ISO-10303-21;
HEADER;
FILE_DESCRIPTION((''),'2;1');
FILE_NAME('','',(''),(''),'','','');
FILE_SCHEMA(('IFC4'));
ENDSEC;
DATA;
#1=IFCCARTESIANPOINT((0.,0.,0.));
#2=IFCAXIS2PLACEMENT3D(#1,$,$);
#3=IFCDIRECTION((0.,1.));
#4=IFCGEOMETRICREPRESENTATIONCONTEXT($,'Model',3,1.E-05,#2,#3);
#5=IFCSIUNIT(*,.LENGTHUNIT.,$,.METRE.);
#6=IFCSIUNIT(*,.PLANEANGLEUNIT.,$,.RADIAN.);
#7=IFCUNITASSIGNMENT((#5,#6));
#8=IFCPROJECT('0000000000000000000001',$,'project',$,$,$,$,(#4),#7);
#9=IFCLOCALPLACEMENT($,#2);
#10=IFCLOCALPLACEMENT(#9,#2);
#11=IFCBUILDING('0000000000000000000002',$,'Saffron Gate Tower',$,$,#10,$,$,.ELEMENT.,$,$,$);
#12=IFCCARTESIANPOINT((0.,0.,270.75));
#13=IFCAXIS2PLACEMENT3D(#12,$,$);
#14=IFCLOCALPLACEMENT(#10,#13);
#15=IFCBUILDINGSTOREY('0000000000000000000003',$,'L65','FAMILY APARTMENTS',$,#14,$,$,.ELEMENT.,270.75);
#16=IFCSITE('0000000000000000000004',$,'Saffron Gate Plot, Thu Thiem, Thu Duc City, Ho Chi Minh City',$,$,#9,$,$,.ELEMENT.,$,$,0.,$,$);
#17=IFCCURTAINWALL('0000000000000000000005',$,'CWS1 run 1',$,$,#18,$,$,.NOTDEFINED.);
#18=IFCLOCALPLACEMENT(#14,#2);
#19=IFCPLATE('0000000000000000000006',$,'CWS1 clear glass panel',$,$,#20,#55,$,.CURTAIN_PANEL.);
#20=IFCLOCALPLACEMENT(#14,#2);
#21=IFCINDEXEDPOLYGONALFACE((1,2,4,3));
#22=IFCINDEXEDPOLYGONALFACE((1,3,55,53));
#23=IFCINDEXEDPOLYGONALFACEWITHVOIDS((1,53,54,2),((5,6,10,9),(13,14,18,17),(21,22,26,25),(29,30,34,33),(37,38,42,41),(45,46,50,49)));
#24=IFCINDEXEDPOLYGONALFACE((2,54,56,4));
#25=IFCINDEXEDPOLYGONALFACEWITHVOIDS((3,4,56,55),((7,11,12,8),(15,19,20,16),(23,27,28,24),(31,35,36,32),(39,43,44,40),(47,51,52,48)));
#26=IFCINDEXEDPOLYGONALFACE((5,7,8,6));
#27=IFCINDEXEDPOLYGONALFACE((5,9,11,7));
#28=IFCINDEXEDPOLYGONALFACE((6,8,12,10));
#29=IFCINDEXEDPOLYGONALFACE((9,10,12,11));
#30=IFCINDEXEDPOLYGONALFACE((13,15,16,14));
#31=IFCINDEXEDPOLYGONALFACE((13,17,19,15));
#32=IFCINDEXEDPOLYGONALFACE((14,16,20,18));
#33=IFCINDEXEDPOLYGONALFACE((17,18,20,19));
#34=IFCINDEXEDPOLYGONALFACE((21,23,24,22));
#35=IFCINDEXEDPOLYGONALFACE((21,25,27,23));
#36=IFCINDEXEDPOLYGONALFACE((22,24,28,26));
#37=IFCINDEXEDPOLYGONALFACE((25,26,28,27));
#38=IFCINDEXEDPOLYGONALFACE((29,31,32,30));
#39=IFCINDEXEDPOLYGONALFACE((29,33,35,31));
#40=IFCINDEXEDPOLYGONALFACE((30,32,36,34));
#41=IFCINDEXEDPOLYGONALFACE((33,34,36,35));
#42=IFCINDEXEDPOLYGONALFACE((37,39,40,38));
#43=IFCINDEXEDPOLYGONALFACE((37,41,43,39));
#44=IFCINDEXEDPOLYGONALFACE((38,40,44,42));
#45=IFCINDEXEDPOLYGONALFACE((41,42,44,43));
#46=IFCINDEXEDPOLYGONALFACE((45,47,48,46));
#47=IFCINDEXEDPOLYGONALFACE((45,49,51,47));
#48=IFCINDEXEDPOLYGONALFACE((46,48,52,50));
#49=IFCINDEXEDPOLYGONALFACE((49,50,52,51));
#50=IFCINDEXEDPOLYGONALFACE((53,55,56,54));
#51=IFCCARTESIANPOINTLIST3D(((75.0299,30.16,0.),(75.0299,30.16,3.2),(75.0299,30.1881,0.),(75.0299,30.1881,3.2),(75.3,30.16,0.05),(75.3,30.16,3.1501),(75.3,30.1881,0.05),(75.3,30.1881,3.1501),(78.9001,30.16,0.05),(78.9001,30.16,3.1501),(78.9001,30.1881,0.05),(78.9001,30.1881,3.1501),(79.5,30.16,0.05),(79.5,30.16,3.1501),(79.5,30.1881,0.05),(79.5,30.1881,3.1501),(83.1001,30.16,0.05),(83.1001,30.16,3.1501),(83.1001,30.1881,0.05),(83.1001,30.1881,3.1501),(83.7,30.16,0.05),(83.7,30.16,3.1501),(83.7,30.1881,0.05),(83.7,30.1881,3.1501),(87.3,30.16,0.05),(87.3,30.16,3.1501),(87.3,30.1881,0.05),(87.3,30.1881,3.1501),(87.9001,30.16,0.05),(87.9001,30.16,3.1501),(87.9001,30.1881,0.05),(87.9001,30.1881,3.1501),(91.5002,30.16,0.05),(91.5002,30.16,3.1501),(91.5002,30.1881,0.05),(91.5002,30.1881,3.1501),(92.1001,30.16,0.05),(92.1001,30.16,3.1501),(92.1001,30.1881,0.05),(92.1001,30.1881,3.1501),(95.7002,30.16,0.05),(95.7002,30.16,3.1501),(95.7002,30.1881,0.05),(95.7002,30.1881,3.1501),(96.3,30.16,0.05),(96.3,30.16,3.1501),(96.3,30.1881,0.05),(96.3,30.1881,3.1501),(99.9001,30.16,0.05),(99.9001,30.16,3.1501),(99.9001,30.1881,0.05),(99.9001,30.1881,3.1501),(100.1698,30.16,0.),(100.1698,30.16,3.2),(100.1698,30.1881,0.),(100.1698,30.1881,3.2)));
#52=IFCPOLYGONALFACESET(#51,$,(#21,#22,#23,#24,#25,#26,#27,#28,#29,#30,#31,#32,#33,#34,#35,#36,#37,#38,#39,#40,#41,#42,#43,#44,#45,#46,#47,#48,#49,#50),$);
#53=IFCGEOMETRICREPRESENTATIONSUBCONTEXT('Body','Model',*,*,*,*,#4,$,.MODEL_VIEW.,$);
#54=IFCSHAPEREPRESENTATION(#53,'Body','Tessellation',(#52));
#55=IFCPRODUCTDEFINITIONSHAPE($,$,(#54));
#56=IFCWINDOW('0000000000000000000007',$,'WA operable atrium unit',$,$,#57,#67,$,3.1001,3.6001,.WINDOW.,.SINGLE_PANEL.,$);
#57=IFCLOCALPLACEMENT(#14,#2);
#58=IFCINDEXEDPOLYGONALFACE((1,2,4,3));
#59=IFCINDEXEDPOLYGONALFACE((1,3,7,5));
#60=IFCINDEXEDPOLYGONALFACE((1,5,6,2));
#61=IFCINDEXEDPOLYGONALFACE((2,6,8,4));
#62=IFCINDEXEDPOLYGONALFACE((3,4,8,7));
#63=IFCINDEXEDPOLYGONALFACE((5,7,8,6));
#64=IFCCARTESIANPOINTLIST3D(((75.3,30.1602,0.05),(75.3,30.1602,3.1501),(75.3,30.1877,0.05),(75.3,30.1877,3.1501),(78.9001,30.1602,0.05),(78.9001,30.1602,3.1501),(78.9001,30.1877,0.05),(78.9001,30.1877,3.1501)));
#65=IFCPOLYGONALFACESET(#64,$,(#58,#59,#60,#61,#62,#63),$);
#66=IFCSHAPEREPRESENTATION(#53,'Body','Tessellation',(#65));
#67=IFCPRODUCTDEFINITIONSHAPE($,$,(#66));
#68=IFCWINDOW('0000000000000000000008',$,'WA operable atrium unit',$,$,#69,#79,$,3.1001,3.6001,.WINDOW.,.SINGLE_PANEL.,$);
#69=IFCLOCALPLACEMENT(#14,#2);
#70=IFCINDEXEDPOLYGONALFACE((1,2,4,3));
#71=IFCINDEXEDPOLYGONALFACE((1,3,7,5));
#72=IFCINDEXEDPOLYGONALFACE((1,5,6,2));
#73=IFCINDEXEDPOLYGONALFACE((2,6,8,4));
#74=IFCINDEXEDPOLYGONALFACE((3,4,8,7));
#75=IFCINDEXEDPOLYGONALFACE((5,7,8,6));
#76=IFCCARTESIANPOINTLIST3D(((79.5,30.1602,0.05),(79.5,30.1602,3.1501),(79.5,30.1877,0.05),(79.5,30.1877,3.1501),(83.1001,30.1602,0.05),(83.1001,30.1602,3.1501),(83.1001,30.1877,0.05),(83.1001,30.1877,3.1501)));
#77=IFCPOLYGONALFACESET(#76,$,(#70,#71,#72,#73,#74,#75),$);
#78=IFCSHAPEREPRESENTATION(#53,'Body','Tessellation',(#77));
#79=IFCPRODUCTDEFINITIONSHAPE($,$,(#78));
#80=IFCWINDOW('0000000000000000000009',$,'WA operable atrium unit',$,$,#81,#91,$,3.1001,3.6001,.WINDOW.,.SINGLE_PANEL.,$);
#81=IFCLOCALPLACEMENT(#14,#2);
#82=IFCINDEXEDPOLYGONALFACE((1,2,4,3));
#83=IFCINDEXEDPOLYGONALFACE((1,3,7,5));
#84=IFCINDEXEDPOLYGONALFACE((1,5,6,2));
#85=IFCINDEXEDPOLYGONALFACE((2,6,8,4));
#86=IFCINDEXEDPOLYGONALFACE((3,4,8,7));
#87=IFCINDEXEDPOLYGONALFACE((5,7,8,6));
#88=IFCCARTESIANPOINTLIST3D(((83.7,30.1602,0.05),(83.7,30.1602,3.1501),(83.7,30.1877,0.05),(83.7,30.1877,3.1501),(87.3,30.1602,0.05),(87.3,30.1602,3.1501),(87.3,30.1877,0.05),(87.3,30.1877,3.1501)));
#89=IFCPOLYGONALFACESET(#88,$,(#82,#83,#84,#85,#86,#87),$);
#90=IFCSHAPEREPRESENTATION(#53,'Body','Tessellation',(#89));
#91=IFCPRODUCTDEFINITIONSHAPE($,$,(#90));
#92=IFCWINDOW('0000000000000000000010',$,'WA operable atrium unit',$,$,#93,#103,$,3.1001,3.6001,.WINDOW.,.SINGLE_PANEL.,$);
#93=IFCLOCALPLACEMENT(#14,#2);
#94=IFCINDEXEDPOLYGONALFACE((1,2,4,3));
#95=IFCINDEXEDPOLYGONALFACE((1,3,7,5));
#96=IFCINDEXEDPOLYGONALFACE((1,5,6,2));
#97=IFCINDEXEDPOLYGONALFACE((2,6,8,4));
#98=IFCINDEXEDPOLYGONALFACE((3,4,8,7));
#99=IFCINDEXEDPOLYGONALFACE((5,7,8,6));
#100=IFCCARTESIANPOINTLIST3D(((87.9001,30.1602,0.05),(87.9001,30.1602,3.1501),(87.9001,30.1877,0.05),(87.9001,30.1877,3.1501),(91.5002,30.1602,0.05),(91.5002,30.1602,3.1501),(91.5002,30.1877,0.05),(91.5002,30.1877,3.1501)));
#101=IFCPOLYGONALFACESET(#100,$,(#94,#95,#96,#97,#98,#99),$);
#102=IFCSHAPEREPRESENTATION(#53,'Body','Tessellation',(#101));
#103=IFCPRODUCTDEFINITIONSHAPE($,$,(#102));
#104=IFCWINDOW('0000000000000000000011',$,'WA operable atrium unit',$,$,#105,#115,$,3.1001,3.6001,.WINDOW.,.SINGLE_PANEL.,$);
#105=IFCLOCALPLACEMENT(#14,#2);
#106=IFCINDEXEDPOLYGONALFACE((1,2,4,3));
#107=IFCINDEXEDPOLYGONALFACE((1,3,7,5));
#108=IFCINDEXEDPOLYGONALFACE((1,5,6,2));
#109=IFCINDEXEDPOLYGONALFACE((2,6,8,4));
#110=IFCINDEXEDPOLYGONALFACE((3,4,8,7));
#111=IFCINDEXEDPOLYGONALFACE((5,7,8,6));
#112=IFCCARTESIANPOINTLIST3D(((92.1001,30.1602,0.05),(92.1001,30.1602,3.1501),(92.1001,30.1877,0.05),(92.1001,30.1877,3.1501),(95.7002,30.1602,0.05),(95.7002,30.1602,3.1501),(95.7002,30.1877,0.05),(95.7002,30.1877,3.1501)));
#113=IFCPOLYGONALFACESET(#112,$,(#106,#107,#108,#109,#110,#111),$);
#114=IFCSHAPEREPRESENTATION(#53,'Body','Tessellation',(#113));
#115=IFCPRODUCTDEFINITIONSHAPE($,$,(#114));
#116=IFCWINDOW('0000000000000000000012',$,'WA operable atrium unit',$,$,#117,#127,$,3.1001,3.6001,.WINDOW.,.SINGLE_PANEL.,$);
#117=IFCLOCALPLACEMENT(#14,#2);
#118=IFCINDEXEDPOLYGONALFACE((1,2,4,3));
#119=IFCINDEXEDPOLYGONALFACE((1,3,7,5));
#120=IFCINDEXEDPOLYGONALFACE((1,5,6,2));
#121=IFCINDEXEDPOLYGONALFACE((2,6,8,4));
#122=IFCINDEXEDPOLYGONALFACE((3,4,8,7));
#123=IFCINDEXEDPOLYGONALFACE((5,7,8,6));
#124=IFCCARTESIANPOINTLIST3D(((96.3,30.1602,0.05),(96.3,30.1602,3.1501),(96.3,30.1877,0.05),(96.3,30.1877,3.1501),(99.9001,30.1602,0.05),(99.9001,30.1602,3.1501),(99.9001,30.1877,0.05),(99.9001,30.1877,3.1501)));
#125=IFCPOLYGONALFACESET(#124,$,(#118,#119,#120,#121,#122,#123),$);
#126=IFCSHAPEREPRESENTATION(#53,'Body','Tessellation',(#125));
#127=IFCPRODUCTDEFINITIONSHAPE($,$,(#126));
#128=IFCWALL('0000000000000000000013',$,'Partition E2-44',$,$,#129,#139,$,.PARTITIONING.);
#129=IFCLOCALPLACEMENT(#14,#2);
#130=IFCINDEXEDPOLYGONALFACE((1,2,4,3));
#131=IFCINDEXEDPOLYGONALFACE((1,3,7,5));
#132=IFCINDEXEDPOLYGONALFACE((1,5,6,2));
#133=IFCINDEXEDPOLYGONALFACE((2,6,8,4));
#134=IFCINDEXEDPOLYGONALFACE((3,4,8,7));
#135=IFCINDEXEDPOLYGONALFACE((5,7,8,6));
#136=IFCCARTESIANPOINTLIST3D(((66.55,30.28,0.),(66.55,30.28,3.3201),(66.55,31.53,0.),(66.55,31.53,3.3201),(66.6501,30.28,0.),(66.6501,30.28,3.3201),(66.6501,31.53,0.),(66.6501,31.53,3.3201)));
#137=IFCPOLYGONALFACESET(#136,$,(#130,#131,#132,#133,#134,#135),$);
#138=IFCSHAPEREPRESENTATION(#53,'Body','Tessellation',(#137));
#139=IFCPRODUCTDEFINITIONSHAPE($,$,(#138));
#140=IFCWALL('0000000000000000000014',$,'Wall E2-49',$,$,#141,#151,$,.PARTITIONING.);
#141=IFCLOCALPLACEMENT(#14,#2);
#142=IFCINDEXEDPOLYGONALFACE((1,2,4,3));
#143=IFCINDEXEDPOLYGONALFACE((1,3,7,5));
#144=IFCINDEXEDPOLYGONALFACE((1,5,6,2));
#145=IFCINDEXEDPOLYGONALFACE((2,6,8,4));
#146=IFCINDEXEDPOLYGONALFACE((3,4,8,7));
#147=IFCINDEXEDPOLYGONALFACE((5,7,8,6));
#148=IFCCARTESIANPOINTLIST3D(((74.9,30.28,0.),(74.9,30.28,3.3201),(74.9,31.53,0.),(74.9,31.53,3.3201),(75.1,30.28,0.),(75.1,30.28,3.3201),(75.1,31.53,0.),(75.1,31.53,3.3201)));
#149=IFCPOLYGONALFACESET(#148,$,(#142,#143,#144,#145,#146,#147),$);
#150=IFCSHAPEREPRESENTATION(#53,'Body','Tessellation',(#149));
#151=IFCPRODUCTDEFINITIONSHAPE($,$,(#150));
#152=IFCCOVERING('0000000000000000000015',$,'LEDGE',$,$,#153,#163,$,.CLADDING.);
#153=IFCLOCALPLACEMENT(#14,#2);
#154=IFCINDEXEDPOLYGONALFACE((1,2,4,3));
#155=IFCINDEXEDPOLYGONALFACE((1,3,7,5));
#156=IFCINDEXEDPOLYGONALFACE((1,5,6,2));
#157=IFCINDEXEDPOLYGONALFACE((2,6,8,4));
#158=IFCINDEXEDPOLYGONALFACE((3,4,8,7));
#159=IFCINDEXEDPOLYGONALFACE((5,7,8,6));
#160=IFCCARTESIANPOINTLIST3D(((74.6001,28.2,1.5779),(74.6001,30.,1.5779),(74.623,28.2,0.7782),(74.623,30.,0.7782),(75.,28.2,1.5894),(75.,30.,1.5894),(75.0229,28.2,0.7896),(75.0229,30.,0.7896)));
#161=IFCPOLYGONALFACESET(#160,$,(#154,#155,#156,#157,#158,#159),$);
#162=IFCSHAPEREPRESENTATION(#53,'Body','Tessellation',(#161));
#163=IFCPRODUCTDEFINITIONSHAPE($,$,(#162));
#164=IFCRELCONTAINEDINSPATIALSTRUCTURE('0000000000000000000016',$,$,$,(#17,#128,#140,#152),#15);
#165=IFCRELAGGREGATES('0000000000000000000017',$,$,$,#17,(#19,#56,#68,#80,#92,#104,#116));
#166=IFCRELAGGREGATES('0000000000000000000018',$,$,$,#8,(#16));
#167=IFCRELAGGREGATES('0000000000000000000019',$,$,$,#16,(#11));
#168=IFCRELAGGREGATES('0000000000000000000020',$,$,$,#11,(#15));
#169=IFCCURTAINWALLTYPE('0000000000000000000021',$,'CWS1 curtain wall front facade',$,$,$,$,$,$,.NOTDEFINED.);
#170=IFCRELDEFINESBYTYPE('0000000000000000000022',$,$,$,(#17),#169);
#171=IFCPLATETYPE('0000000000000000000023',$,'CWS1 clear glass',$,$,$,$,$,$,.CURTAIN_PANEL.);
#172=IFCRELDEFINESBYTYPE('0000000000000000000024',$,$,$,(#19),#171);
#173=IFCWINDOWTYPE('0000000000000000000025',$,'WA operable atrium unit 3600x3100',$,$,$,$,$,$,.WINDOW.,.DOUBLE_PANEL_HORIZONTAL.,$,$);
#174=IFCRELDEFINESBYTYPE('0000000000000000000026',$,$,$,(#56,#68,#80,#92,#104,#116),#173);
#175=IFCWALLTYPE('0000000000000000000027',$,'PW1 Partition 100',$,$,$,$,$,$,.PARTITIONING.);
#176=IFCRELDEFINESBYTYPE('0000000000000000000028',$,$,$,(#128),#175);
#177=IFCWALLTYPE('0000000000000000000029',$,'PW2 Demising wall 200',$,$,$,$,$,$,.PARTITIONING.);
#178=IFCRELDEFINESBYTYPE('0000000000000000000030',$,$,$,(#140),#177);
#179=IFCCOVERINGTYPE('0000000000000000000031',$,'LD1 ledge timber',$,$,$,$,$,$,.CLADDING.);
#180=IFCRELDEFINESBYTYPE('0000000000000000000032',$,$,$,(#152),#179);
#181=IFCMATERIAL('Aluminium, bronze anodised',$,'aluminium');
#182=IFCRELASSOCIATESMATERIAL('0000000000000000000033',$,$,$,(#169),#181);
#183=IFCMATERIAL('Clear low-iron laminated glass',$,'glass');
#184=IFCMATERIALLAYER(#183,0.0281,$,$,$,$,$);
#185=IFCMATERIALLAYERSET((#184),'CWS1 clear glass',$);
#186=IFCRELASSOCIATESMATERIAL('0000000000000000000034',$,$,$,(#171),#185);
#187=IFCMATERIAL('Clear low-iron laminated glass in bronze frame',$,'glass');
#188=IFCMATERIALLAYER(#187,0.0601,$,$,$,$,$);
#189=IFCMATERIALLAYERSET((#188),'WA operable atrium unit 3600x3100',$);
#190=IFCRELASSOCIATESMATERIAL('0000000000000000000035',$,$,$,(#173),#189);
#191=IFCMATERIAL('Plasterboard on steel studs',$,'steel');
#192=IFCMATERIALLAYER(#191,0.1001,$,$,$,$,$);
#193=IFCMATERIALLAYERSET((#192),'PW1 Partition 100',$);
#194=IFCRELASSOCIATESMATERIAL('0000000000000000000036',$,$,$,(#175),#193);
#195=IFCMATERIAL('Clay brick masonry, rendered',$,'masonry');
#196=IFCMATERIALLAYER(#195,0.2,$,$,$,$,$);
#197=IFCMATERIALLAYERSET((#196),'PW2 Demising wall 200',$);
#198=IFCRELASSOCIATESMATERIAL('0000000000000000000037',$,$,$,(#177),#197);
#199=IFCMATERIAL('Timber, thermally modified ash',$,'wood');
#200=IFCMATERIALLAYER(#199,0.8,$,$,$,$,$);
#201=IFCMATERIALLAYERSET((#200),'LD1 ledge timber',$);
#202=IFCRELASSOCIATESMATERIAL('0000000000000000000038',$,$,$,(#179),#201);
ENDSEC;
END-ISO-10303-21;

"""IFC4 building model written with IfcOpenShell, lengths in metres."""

from ifc_helpers import new_model, si_unit, direction, frame, frame_2d, origin, place, context, subcontext, project, spatial, polyline, rectangle, outline, extrude, material, layer, layer_set, type_object, element, fill, aggregate, save


model = new_model("IFC4")

# Units and contexts
model_context = context("Model", 3, precision=1e-05, world=origin(), true_north=direction((0.0, 1.0)))
body_context = subcontext(model_context, "Body", "Model", "MODEL_VIEW")
ifc_project = project(units=[si_unit("LENGTHUNIT", "METRE"), si_unit("PLANEANGLEUNIT", "RADIAN")], contexts=[model_context])

# Site, building, storey
site_placement = place(None, origin())
site = spatial("IfcSite", under=ifc_project, at=site_placement, Name="Saffron Gate Plot, Thu Thiem, Thu Duc City, Ho Chi Minh City", CompositionType="ELEMENT", RefElevation=0.0)
building_placement = place(site_placement, origin())
building = spatial("IfcBuilding", under=site, at=building_placement, Name="Saffron Gate Tower", CompositionType="ELEMENT")
storey_placement = place(building_placement, frame((0.0, 0.0, 270.75)))
storey = spatial("IfcBuildingStorey", under=building, at=storey_placement, Name="L65", Description="FAMILY APARTMENTS", CompositionType="ELEMENT", Elevation=270.75)

# Curtain wall, plate, openings, windows
ifc_material_1 = material(Name="Aluminium, bronze anodised", Category="aluminium")
curtain_wall_type = type_object("IfcCurtainWallType", Name="CWS1 curtain wall front facade", PredefinedType="NOTDEFINED", material=ifc_material_1)
curtain_wall_placement = place(storey_placement, origin())
curtain_wall = element("IfcCurtainWall", 1, at=curtain_wall_placement, inside=storey, type_object=curtain_wall_type, Name="CWS1 run 1", PredefinedType="NOTDEFINED")
ifc_material_2 = material(Name="Clear low-iron laminated glass", Category="glass")
ifc_layer_1 = layer(ifc_material_2, 0.0281)
ifc_layer_set_1 = layer_set([ifc_layer_1], Name="CWS1 clear glass")
plate_type = type_object("IfcPlateType", Name="CWS1 clear glass", PredefinedType="CURTAIN_PANEL", material=ifc_layer_set_1)
plate_placement = place(storey_placement, frame((75.03, 30.1741, 0.0), z_axis=(0.0, 0.0, 1.0), x_axis=(1.0, 0.0, 0.0)))
plate = element("IfcPlate", 2, at=plate_placement, type_object=plate_type, Name="CWS1 clear glass panel", PredefinedType="CURTAIN_PANEL", context=body_context, shape_type="SweptSolid", body=[
    extrude(rectangle(XDim=25.1399, YDim=0.0281, at=frame_2d((12.5698, 0.0))), origin(), (0.0, 0.0, 1.0), 3.2),
])
opening_1_placement = place(plate_placement, frame((0.27, 0.0, 0.05)))
opening_1 = element("IfcOpeningElement", 3, at=opening_1_placement, cuts=plate, PredefinedType="OPENING", context=body_context, shape_type="SweptSolid", body=[
    extrude(rectangle(XDim=3.6001, YDim=3.1001, at=frame_2d((1.8, 1.55))), frame((0.0, 0.0239, 0.0), z_axis=(0.0, -1.0, 0.0), x_axis=(1.0, 0.0, 0.0)), (0.0, 0.0, 1.0), 0.0481),
])
opening_2_placement = place(plate_placement, frame((4.47, 0.0, 0.05)))
opening_2 = element("IfcOpeningElement", 4, at=opening_2_placement, cuts=plate, PredefinedType="OPENING", context=body_context, shape_type="SweptSolid", body=[
    extrude(rectangle(XDim=3.6001, YDim=3.1001, at=frame_2d((1.8, 1.55))), frame((0.0, 0.0239, 0.0), z_axis=(0.0, -1.0, 0.0), x_axis=(1.0, 0.0, 0.0)), (0.0, 0.0, 1.0), 0.0481),
])
opening_3_placement = place(plate_placement, frame((8.6699, 0.0, 0.05)))
opening_3 = element("IfcOpeningElement", 5, at=opening_3_placement, cuts=plate, PredefinedType="OPENING", context=body_context, shape_type="SweptSolid", body=[
    extrude(rectangle(XDim=3.6001, YDim=3.1001, at=frame_2d((1.8, 1.55))), frame((0.0, 0.0239, 0.0), z_axis=(0.0, -1.0, 0.0), x_axis=(1.0, 0.0, 0.0)), (0.0, 0.0, 1.0), 0.0481),
])
opening_4_placement = place(plate_placement, frame((12.8701, 0.0, 0.05)))
opening_4 = element("IfcOpeningElement", 6, at=opening_4_placement, cuts=plate, PredefinedType="OPENING", context=body_context, shape_type="SweptSolid", body=[
    extrude(rectangle(XDim=3.6001, YDim=3.1001, at=frame_2d((1.8, 1.55))), frame((0.0, 0.0239, 0.0), z_axis=(0.0, -1.0, 0.0), x_axis=(1.0, 0.0, 0.0)), (0.0, 0.0, 1.0), 0.0481),
])
opening_5_placement = place(plate_placement, frame((17.0701, 0.0, 0.05)))
opening_5 = element("IfcOpeningElement", 7, at=opening_5_placement, cuts=plate, PredefinedType="OPENING", context=body_context, shape_type="SweptSolid", body=[
    extrude(rectangle(XDim=3.6001, YDim=3.1001, at=frame_2d((1.8, 1.55))), frame((0.0, 0.0239, 0.0), z_axis=(0.0, -1.0, 0.0), x_axis=(1.0, 0.0, 0.0)), (0.0, 0.0, 1.0), 0.0481),
])
opening_6_placement = place(plate_placement, frame((21.27, 0.0, 0.05)))
opening_6 = element("IfcOpeningElement", 8, at=opening_6_placement, cuts=plate, PredefinedType="OPENING", context=body_context, shape_type="SweptSolid", body=[
    extrude(rectangle(XDim=3.6001, YDim=3.1001, at=frame_2d((1.8, 1.55))), frame((0.0, 0.0239, 0.0), z_axis=(0.0, -1.0, 0.0), x_axis=(1.0, 0.0, 0.0)), (0.0, 0.0, 1.0), 0.0481),
])
ifc_material_3 = material(Name="Clear low-iron laminated glass in bronze frame", Category="glass")
ifc_layer_2 = layer(ifc_material_3, 0.0601)
ifc_layer_set_2 = layer_set([ifc_layer_2], Name="WA operable atrium unit 3600x3100")
window_type = type_object("IfcWindowType", Name="WA operable atrium unit 3600x3100", PartitioningType="DOUBLE_PANEL_HORIZONTAL", PredefinedType="WINDOW", material=ifc_layer_set_2)
window_1_placement = place(opening_1_placement, origin())
window_1 = element("IfcWindow", 9, at=window_1_placement, type_object=window_type, Name="WA operable atrium unit", OverallHeight=3.1001, OverallWidth=3.6001, PartitioningType="SINGLE_PANEL", PredefinedType="WINDOW", context=body_context, shape_type="SweptSolid", body=[
    extrude(rectangle(XDim=3.6001, YDim=3.1001, at=frame_2d((1.8, 1.55))), frame((0.0, 0.0137, 0.0), z_axis=(0.0, -1.0, 0.0), x_axis=(1.0, 0.0, 0.0)), (0.0, 0.0, 1.0), 0.0276),
])
fill(opening_1, window_1)
window_2_placement = place(opening_2_placement, origin())
window_2 = element("IfcWindow", 10, at=window_2_placement, type_object=window_type, Name="WA operable atrium unit", OverallHeight=3.1001, OverallWidth=3.6001, PartitioningType="SINGLE_PANEL", PredefinedType="WINDOW", context=body_context, shape_type="SweptSolid", body=[
    extrude(rectangle(XDim=3.6001, YDim=3.1001, at=frame_2d((1.8, 1.55))), frame((0.0, 0.0137, 0.0), z_axis=(0.0, -1.0, 0.0), x_axis=(1.0, 0.0, 0.0)), (0.0, 0.0, 1.0), 0.0276),
])
fill(opening_2, window_2)
window_3_placement = place(opening_3_placement, origin())
window_3 = element("IfcWindow", 11, at=window_3_placement, type_object=window_type, Name="WA operable atrium unit", OverallHeight=3.1001, OverallWidth=3.6001, PartitioningType="SINGLE_PANEL", PredefinedType="WINDOW", context=body_context, shape_type="SweptSolid", body=[
    extrude(rectangle(XDim=3.6001, YDim=3.1001, at=frame_2d((1.8, 1.55))), frame((0.0, 0.0137, 0.0), z_axis=(0.0, -1.0, 0.0), x_axis=(1.0, 0.0, 0.0)), (0.0, 0.0, 1.0), 0.0276),
])
fill(opening_3, window_3)
window_4_placement = place(opening_4_placement, origin())
window_4 = element("IfcWindow", 12, at=window_4_placement, type_object=window_type, Name="WA operable atrium unit", OverallHeight=3.1001, OverallWidth=3.6001, PartitioningType="SINGLE_PANEL", PredefinedType="WINDOW", context=body_context, shape_type="SweptSolid", body=[
    extrude(rectangle(XDim=3.6001, YDim=3.1001, at=frame_2d((1.8, 1.55))), frame((0.0, 0.0137, 0.0), z_axis=(0.0, -1.0, 0.0), x_axis=(1.0, 0.0, 0.0)), (0.0, 0.0, 1.0), 0.0276),
])
fill(opening_4, window_4)
window_5_placement = place(opening_5_placement, origin())
window_5 = element("IfcWindow", 13, at=window_5_placement, type_object=window_type, Name="WA operable atrium unit", OverallHeight=3.1001, OverallWidth=3.6001, PartitioningType="SINGLE_PANEL", PredefinedType="WINDOW", context=body_context, shape_type="SweptSolid", body=[
    extrude(rectangle(XDim=3.6001, YDim=3.1001, at=frame_2d((1.8, 1.55))), frame((0.0, 0.0137, 0.0), z_axis=(0.0, -1.0, 0.0), x_axis=(1.0, 0.0, 0.0)), (0.0, 0.0, 1.0), 0.0276),
])
fill(opening_5, window_5)
window_6_placement = place(opening_6_placement, origin())
window_6 = element("IfcWindow", 14, at=window_6_placement, type_object=window_type, Name="WA operable atrium unit", OverallHeight=3.1001, OverallWidth=3.6001, PartitioningType="SINGLE_PANEL", PredefinedType="WINDOW", context=body_context, shape_type="SweptSolid", body=[
    extrude(rectangle(XDim=3.6001, YDim=3.1001, at=frame_2d((1.8, 1.55))), frame((0.0, 0.0137, 0.0), z_axis=(0.0, -1.0, 0.0), x_axis=(1.0, 0.0, 0.0)), (0.0, 0.0, 1.0), 0.0276),
])
fill(opening_6, window_6)
aggregate(curtain_wall, [plate, window_1, window_2, window_3, window_4, window_5, window_6])

# Walls
ifc_material_4 = material(Name="Plasterboard on steel studs", Category="steel")
ifc_layer_3 = layer(ifc_material_4, 0.1001)
ifc_layer_set_3 = layer_set([ifc_layer_3], Name="PW1 Partition 100")
wall_type_1 = type_object("IfcWallType", Name="PW1 Partition 100", PredefinedType="PARTITIONING", material=ifc_layer_set_3)
wall_1_placement = place(storey_placement, frame((66.6001, 31.53, 0.0), z_axis=(0.0, 0.0, 1.0), x_axis=(0.0, -1.0, 0.0)))
element("IfcWall", 15, at=wall_1_placement, inside=storey, type_object=wall_type_1, Name="Partition E2-44", PredefinedType="PARTITIONING", context=body_context, shape_type="SweptSolid", body=[
    extrude(rectangle(XDim=1.25, YDim=0.1001, at=frame_2d((0.625, 0.0))), origin(), (0.0, 0.0, 1.0), 3.3201),
])
ifc_material_5 = material(Name="Clay brick masonry, rendered", Category="masonry")
ifc_layer_4 = layer(ifc_material_5, 0.2)
ifc_layer_set_4 = layer_set([ifc_layer_4], Name="PW2 Demising wall 200")
wall_type_2 = type_object("IfcWallType", Name="PW2 Demising wall 200", PredefinedType="PARTITIONING", material=ifc_layer_set_4)
wall_2_placement = place(storey_placement, frame((75.0, 31.53, 0.0), z_axis=(0.0, 0.0, 1.0), x_axis=(0.0, -1.0, 0.0)))
element("IfcWall", 16, at=wall_2_placement, inside=storey, type_object=wall_type_2, Name="Wall E2-49", PredefinedType="PARTITIONING", context=body_context, shape_type="SweptSolid", body=[
    extrude(rectangle(XDim=1.25, YDim=0.2, at=frame_2d((0.625, 0.0))), origin(), (0.0, 0.0, 1.0), 3.3201),
])

# Covering
ifc_material_6 = material(Name="Timber, thermally modified ash", Category="wood")
ifc_layer_5 = layer(ifc_material_6, 0.8)
ifc_layer_set_5 = layer_set([ifc_layer_5], Name="LD1 ledge timber")
covering_type_1 = type_object("IfcCoveringType", Name="LD1 ledge timber", PredefinedType="CLADDING", material=ifc_layer_set_5)
covering_1_placement = place(storey_placement, frame((74.6001, 30.0, 1.5779), z_axis=(-0.028682, 0.0, 0.999589), x_axis=(0.999589, 0.0, 0.028682)))
element("IfcCovering", 17, at=covering_1_placement, inside=storey, type_object=covering_type_1, Name="LEDGE", PredefinedType="CLADDING", context=body_context, shape_type="SweptSolid", body=[
    extrude(outline(polyline([(0.0, 0.0), (0.4001, 0.0), (0.4001, -1.8), (0.0, -1.8), (0.0, 0.0)])), origin(), (0.0, 0.0, -1.0), 0.8),
])

save(model, "model.ifc")
